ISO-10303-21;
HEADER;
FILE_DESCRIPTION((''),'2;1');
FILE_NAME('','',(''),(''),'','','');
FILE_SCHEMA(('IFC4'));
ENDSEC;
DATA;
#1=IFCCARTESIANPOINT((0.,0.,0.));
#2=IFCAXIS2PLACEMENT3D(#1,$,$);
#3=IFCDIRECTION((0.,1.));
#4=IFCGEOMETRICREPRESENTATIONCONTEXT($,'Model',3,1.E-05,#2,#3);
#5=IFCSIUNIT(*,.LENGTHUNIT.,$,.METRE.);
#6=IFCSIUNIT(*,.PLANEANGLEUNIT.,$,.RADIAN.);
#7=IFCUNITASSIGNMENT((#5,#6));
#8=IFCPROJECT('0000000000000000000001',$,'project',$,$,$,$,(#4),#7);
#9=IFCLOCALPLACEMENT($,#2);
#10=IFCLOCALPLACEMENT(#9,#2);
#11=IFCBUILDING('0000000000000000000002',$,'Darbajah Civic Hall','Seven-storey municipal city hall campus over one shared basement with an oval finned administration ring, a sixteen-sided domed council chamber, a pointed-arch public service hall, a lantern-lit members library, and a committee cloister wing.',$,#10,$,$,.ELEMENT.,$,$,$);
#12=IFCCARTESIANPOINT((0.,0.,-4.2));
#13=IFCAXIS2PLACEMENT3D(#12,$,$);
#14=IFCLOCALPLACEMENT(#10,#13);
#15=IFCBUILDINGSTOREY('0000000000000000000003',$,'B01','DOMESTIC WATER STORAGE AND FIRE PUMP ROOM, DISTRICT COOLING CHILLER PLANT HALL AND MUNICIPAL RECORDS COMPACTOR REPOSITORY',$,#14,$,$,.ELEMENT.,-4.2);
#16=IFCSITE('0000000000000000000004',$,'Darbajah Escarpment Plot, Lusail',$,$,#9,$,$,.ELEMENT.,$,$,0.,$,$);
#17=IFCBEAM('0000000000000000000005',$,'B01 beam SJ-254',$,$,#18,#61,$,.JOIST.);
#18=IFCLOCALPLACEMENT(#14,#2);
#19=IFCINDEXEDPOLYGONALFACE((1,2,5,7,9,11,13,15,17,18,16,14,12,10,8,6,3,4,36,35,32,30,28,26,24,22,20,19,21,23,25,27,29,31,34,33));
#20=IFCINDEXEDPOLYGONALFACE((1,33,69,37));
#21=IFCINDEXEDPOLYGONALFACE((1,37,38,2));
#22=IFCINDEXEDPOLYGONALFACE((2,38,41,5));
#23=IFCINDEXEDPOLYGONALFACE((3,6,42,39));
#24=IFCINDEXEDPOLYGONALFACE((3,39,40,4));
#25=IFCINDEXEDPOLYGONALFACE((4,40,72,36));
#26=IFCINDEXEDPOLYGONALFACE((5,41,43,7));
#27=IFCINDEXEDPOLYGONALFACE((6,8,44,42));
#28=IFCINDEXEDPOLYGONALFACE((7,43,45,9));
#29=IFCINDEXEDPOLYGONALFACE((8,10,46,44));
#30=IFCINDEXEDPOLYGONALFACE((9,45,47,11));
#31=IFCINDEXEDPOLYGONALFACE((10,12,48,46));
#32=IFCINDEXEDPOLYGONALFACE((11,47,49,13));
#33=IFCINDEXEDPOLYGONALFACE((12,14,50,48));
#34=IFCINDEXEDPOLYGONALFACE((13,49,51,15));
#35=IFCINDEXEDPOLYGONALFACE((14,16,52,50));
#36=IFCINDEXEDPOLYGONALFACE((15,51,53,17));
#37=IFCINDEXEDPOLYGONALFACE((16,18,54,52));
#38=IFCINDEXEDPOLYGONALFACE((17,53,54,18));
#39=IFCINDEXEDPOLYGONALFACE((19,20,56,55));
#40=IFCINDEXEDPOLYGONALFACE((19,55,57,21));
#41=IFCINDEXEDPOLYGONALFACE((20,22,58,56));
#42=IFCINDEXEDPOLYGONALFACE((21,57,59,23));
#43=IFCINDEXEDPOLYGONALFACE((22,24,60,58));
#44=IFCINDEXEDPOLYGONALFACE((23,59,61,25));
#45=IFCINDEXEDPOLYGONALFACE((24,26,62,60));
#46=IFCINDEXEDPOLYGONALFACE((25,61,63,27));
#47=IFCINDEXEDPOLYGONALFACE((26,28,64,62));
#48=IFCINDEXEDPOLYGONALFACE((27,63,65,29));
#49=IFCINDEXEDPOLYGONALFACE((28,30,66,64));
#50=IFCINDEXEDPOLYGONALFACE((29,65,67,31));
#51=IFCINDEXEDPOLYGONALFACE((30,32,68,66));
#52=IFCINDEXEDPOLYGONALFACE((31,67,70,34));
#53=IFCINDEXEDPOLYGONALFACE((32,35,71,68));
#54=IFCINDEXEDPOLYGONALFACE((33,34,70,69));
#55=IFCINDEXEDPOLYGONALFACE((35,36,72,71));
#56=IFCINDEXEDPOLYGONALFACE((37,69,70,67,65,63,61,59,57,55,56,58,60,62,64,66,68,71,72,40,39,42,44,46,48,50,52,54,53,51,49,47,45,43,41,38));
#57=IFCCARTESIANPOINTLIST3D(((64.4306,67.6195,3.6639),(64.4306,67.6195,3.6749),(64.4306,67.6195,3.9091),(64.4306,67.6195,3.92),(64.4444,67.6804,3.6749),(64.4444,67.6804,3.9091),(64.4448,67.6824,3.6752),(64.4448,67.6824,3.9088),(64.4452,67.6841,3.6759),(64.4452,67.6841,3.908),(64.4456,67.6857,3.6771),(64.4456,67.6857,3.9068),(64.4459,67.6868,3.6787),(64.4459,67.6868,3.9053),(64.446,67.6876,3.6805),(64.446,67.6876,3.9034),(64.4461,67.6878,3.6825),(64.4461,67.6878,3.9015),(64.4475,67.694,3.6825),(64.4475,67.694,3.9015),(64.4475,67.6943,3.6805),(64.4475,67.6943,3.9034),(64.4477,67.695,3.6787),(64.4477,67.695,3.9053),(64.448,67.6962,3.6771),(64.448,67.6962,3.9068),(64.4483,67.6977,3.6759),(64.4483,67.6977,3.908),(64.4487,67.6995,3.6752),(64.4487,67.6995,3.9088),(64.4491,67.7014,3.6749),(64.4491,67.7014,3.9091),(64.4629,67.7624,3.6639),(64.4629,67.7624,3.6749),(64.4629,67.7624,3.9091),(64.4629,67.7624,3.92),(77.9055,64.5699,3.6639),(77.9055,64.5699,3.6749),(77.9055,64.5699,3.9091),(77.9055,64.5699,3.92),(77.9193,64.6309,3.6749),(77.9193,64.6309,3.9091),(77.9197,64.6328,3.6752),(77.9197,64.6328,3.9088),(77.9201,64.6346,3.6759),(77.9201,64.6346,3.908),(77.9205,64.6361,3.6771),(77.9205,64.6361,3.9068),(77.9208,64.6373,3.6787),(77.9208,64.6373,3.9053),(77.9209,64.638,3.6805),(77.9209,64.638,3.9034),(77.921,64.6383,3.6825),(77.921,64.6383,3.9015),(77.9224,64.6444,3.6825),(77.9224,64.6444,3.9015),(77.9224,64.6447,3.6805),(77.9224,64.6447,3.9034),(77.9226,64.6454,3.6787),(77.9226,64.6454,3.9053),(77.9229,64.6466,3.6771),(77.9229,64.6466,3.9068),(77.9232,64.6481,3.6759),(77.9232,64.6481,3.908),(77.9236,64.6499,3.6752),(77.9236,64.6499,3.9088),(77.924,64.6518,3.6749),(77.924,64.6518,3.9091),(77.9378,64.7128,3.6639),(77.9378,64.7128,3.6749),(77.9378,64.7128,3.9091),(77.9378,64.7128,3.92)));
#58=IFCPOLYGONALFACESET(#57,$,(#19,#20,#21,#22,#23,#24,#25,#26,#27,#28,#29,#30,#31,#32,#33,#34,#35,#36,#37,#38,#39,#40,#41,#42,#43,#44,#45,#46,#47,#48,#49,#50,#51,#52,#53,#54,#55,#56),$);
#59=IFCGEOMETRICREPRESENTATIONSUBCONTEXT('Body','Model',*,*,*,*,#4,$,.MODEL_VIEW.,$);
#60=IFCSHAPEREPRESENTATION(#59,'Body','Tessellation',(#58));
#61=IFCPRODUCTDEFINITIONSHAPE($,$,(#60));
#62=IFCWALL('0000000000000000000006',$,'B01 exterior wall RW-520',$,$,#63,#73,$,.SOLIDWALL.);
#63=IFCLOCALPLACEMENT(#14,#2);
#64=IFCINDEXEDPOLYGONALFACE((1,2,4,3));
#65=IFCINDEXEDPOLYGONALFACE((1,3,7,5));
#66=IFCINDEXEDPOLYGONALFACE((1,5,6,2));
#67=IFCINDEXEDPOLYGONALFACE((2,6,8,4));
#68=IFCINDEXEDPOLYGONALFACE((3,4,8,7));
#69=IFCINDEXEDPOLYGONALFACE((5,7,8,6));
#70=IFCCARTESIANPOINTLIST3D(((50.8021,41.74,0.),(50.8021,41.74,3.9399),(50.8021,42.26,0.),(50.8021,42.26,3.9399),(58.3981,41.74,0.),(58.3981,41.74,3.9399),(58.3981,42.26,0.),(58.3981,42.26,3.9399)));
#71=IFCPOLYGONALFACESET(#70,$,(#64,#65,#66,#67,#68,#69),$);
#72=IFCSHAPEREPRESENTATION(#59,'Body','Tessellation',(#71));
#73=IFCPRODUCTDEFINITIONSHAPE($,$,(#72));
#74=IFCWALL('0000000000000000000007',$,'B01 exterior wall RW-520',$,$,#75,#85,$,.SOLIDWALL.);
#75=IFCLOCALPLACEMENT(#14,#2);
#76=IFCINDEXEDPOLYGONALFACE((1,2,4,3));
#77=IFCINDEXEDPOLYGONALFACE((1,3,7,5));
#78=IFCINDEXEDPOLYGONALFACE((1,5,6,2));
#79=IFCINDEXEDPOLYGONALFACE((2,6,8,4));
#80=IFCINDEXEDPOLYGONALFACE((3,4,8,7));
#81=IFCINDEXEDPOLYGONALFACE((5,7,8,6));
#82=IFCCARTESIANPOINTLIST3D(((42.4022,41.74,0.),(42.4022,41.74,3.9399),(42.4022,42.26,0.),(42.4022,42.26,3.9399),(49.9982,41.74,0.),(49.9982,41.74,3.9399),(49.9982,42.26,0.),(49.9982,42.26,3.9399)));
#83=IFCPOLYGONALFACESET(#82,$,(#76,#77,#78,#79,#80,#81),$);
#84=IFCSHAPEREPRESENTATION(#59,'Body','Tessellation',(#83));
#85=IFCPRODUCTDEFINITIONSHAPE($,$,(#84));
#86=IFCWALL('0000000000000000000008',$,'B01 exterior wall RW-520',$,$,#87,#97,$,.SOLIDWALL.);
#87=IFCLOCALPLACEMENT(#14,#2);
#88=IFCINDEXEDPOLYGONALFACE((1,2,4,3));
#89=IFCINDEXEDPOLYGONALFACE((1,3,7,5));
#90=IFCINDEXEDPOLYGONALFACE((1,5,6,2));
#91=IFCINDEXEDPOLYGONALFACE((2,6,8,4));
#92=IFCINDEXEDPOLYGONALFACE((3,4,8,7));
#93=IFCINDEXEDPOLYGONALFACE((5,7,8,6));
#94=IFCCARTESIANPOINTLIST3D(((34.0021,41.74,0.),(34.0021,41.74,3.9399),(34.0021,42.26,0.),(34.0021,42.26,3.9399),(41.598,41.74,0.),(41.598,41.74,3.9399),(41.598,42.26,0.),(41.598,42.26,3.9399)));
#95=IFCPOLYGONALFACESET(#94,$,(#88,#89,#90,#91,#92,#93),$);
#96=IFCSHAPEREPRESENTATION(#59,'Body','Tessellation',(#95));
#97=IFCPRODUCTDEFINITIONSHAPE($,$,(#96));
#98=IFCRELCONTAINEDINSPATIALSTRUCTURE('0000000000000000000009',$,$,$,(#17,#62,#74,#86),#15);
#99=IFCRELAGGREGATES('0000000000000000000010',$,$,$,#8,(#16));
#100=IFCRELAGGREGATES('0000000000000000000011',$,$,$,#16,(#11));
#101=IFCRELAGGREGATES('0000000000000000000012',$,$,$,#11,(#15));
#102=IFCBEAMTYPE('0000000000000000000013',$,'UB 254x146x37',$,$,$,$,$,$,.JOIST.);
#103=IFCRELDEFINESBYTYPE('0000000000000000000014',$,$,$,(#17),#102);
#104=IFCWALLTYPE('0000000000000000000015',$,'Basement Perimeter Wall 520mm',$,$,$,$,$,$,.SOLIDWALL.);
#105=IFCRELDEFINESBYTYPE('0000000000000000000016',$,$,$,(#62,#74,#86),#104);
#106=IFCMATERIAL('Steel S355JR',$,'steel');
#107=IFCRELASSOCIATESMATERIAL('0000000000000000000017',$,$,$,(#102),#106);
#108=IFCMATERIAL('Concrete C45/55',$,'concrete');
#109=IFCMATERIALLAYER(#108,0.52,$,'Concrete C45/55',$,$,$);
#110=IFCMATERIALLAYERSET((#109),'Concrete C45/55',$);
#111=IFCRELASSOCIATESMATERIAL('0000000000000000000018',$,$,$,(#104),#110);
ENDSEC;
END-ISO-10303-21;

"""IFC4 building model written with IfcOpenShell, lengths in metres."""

from ifc_helpers import new_model, si_unit, direction, frame, frame_2d, origin, origin_2d, place, context, subcontext, project, spatial, rectangle, i_section, extrude, material, layer, layer_set, material_profile, profile_set, type_object, element, save


model = new_model("IFC4")

# Units and contexts
model_context = context("Model", 3, precision=1e-05, world=origin(), true_north=direction((0.0, 1.0)))
body_context = subcontext(model_context, "Body", "Model", "MODEL_VIEW")
ifc_project = project(units=[si_unit("LENGTHUNIT", "METRE"), si_unit("PLANEANGLEUNIT", "RADIAN")], contexts=[model_context])

# Site, building, storey
site_placement = place(None, origin())
site = spatial("IfcSite", under=ifc_project, at=site_placement, Name="Darbajah Escarpment Plot, Lusail", CompositionType="ELEMENT", RefElevation=0.0)
building_placement = place(site_placement, origin())
building = spatial("IfcBuilding", under=site, at=building_placement, Name="Darbajah Civic Hall", Description="Seven-storey municipal city hall campus over one shared basement with an oval finned administration ring, a sixteen-sided domed council chamber, a pointed-arch public service hall, a lantern-lit members library, and a committee cloister wing.", CompositionType="ELEMENT")
storey_placement = place(building_placement, frame((0.0, 0.0, -4.2)))
storey = spatial("IfcBuildingStorey", under=building, at=storey_placement, Name="B01", Description="DOMESTIC WATER STORAGE AND FIRE PUMP ROOM, DISTRICT COOLING CHILLER PLANT HALL AND MUNICIPAL RECORDS COMPACTOR REPOSITORY", CompositionType="ELEMENT", Elevation=-4.2)

# Shared definitions
ifc_material_1 = material(Name="Concrete C45/55", Category="concrete")

# Beam
ifc_material_2 = material(Name="Steel S355JR", Category="steel")
ifc_material_profile_1 = material_profile(ifc_material_2, i_section(OverallWidth=0.1465, OverallDepth=0.2561, WebThickness=0.0063, FlangeThickness=0.011, FilletRadius=0.0076, at=origin_2d()), Name="UB 254x146x37")
ifc_profile_set_1 = profile_set([ifc_material_profile_1], Name="Steel S355JR")
beam_type_1 = type_object("IfcBeamType", Name="UB 254x146x37", PredefinedType="JOIST", material=ifc_profile_set_1)
beam_1_placement = place(storey_placement, frame((64.4468, 67.6909, 3.792), z_axis=(0.975334, -0.220733, 0.0), x_axis=(0.220733, 0.975334, 0.0)))
element("IfcBeam", 1, at=beam_1_placement, inside=storey, type_object=beam_type_1, Name="B01 beam SJ-254", PredefinedType="JOIST", context=body_context, shape_type="SweptSolid", body=[
    extrude(i_section(OverallWidth=0.1465, OverallDepth=0.2561, WebThickness=0.0063, FlangeThickness=0.011, FilletRadius=0.0076, at=origin_2d()), origin(), (0.0, 0.0, 1.0), 13.8157),
])

# Walls
ifc_layer = layer(ifc_material_1, 0.52, Name="Concrete C45/55")
ifc_layer_set = layer_set([ifc_layer], Name="Concrete C45/55")
wall_type = type_object("IfcWallType", Name="Basement Perimeter Wall 520mm", PredefinedType="SOLIDWALL", material=ifc_layer_set)
for number, where, z_axis, x_axis, name in (
    (2, (58.3979, 42.0, 0.0), (0.0, 0.0, 1.0), (-1.0, 0.0, 0.0), "B01 exterior wall RW-520"),
    (3, (49.998, 42.0, 0.0), (0.0, 0.0, 1.0), (-1.0, 0.0, 0.0), "B01 exterior wall RW-520"),
    (4, (41.5979, 42.0, 0.0), (0.0, 0.0, 1.0), (-1.0, 0.0, 0.0), "B01 exterior wall RW-520"),
):
    element("IfcWall", number, at=place(storey_placement, frame(where, z_axis=z_axis, x_axis=x_axis)), inside=storey, type_object=wall_type, Name=name, PredefinedType="SOLIDWALL", context=body_context, shape_type="SweptSolid", body=[
        extrude(rectangle(XDim=7.5959, YDim=0.52, at=frame_2d((3.7979, 0.0))), origin(), (0.0, 0.0, 1.0), 3.9399),
    ])

save(model, "model.ifc")
